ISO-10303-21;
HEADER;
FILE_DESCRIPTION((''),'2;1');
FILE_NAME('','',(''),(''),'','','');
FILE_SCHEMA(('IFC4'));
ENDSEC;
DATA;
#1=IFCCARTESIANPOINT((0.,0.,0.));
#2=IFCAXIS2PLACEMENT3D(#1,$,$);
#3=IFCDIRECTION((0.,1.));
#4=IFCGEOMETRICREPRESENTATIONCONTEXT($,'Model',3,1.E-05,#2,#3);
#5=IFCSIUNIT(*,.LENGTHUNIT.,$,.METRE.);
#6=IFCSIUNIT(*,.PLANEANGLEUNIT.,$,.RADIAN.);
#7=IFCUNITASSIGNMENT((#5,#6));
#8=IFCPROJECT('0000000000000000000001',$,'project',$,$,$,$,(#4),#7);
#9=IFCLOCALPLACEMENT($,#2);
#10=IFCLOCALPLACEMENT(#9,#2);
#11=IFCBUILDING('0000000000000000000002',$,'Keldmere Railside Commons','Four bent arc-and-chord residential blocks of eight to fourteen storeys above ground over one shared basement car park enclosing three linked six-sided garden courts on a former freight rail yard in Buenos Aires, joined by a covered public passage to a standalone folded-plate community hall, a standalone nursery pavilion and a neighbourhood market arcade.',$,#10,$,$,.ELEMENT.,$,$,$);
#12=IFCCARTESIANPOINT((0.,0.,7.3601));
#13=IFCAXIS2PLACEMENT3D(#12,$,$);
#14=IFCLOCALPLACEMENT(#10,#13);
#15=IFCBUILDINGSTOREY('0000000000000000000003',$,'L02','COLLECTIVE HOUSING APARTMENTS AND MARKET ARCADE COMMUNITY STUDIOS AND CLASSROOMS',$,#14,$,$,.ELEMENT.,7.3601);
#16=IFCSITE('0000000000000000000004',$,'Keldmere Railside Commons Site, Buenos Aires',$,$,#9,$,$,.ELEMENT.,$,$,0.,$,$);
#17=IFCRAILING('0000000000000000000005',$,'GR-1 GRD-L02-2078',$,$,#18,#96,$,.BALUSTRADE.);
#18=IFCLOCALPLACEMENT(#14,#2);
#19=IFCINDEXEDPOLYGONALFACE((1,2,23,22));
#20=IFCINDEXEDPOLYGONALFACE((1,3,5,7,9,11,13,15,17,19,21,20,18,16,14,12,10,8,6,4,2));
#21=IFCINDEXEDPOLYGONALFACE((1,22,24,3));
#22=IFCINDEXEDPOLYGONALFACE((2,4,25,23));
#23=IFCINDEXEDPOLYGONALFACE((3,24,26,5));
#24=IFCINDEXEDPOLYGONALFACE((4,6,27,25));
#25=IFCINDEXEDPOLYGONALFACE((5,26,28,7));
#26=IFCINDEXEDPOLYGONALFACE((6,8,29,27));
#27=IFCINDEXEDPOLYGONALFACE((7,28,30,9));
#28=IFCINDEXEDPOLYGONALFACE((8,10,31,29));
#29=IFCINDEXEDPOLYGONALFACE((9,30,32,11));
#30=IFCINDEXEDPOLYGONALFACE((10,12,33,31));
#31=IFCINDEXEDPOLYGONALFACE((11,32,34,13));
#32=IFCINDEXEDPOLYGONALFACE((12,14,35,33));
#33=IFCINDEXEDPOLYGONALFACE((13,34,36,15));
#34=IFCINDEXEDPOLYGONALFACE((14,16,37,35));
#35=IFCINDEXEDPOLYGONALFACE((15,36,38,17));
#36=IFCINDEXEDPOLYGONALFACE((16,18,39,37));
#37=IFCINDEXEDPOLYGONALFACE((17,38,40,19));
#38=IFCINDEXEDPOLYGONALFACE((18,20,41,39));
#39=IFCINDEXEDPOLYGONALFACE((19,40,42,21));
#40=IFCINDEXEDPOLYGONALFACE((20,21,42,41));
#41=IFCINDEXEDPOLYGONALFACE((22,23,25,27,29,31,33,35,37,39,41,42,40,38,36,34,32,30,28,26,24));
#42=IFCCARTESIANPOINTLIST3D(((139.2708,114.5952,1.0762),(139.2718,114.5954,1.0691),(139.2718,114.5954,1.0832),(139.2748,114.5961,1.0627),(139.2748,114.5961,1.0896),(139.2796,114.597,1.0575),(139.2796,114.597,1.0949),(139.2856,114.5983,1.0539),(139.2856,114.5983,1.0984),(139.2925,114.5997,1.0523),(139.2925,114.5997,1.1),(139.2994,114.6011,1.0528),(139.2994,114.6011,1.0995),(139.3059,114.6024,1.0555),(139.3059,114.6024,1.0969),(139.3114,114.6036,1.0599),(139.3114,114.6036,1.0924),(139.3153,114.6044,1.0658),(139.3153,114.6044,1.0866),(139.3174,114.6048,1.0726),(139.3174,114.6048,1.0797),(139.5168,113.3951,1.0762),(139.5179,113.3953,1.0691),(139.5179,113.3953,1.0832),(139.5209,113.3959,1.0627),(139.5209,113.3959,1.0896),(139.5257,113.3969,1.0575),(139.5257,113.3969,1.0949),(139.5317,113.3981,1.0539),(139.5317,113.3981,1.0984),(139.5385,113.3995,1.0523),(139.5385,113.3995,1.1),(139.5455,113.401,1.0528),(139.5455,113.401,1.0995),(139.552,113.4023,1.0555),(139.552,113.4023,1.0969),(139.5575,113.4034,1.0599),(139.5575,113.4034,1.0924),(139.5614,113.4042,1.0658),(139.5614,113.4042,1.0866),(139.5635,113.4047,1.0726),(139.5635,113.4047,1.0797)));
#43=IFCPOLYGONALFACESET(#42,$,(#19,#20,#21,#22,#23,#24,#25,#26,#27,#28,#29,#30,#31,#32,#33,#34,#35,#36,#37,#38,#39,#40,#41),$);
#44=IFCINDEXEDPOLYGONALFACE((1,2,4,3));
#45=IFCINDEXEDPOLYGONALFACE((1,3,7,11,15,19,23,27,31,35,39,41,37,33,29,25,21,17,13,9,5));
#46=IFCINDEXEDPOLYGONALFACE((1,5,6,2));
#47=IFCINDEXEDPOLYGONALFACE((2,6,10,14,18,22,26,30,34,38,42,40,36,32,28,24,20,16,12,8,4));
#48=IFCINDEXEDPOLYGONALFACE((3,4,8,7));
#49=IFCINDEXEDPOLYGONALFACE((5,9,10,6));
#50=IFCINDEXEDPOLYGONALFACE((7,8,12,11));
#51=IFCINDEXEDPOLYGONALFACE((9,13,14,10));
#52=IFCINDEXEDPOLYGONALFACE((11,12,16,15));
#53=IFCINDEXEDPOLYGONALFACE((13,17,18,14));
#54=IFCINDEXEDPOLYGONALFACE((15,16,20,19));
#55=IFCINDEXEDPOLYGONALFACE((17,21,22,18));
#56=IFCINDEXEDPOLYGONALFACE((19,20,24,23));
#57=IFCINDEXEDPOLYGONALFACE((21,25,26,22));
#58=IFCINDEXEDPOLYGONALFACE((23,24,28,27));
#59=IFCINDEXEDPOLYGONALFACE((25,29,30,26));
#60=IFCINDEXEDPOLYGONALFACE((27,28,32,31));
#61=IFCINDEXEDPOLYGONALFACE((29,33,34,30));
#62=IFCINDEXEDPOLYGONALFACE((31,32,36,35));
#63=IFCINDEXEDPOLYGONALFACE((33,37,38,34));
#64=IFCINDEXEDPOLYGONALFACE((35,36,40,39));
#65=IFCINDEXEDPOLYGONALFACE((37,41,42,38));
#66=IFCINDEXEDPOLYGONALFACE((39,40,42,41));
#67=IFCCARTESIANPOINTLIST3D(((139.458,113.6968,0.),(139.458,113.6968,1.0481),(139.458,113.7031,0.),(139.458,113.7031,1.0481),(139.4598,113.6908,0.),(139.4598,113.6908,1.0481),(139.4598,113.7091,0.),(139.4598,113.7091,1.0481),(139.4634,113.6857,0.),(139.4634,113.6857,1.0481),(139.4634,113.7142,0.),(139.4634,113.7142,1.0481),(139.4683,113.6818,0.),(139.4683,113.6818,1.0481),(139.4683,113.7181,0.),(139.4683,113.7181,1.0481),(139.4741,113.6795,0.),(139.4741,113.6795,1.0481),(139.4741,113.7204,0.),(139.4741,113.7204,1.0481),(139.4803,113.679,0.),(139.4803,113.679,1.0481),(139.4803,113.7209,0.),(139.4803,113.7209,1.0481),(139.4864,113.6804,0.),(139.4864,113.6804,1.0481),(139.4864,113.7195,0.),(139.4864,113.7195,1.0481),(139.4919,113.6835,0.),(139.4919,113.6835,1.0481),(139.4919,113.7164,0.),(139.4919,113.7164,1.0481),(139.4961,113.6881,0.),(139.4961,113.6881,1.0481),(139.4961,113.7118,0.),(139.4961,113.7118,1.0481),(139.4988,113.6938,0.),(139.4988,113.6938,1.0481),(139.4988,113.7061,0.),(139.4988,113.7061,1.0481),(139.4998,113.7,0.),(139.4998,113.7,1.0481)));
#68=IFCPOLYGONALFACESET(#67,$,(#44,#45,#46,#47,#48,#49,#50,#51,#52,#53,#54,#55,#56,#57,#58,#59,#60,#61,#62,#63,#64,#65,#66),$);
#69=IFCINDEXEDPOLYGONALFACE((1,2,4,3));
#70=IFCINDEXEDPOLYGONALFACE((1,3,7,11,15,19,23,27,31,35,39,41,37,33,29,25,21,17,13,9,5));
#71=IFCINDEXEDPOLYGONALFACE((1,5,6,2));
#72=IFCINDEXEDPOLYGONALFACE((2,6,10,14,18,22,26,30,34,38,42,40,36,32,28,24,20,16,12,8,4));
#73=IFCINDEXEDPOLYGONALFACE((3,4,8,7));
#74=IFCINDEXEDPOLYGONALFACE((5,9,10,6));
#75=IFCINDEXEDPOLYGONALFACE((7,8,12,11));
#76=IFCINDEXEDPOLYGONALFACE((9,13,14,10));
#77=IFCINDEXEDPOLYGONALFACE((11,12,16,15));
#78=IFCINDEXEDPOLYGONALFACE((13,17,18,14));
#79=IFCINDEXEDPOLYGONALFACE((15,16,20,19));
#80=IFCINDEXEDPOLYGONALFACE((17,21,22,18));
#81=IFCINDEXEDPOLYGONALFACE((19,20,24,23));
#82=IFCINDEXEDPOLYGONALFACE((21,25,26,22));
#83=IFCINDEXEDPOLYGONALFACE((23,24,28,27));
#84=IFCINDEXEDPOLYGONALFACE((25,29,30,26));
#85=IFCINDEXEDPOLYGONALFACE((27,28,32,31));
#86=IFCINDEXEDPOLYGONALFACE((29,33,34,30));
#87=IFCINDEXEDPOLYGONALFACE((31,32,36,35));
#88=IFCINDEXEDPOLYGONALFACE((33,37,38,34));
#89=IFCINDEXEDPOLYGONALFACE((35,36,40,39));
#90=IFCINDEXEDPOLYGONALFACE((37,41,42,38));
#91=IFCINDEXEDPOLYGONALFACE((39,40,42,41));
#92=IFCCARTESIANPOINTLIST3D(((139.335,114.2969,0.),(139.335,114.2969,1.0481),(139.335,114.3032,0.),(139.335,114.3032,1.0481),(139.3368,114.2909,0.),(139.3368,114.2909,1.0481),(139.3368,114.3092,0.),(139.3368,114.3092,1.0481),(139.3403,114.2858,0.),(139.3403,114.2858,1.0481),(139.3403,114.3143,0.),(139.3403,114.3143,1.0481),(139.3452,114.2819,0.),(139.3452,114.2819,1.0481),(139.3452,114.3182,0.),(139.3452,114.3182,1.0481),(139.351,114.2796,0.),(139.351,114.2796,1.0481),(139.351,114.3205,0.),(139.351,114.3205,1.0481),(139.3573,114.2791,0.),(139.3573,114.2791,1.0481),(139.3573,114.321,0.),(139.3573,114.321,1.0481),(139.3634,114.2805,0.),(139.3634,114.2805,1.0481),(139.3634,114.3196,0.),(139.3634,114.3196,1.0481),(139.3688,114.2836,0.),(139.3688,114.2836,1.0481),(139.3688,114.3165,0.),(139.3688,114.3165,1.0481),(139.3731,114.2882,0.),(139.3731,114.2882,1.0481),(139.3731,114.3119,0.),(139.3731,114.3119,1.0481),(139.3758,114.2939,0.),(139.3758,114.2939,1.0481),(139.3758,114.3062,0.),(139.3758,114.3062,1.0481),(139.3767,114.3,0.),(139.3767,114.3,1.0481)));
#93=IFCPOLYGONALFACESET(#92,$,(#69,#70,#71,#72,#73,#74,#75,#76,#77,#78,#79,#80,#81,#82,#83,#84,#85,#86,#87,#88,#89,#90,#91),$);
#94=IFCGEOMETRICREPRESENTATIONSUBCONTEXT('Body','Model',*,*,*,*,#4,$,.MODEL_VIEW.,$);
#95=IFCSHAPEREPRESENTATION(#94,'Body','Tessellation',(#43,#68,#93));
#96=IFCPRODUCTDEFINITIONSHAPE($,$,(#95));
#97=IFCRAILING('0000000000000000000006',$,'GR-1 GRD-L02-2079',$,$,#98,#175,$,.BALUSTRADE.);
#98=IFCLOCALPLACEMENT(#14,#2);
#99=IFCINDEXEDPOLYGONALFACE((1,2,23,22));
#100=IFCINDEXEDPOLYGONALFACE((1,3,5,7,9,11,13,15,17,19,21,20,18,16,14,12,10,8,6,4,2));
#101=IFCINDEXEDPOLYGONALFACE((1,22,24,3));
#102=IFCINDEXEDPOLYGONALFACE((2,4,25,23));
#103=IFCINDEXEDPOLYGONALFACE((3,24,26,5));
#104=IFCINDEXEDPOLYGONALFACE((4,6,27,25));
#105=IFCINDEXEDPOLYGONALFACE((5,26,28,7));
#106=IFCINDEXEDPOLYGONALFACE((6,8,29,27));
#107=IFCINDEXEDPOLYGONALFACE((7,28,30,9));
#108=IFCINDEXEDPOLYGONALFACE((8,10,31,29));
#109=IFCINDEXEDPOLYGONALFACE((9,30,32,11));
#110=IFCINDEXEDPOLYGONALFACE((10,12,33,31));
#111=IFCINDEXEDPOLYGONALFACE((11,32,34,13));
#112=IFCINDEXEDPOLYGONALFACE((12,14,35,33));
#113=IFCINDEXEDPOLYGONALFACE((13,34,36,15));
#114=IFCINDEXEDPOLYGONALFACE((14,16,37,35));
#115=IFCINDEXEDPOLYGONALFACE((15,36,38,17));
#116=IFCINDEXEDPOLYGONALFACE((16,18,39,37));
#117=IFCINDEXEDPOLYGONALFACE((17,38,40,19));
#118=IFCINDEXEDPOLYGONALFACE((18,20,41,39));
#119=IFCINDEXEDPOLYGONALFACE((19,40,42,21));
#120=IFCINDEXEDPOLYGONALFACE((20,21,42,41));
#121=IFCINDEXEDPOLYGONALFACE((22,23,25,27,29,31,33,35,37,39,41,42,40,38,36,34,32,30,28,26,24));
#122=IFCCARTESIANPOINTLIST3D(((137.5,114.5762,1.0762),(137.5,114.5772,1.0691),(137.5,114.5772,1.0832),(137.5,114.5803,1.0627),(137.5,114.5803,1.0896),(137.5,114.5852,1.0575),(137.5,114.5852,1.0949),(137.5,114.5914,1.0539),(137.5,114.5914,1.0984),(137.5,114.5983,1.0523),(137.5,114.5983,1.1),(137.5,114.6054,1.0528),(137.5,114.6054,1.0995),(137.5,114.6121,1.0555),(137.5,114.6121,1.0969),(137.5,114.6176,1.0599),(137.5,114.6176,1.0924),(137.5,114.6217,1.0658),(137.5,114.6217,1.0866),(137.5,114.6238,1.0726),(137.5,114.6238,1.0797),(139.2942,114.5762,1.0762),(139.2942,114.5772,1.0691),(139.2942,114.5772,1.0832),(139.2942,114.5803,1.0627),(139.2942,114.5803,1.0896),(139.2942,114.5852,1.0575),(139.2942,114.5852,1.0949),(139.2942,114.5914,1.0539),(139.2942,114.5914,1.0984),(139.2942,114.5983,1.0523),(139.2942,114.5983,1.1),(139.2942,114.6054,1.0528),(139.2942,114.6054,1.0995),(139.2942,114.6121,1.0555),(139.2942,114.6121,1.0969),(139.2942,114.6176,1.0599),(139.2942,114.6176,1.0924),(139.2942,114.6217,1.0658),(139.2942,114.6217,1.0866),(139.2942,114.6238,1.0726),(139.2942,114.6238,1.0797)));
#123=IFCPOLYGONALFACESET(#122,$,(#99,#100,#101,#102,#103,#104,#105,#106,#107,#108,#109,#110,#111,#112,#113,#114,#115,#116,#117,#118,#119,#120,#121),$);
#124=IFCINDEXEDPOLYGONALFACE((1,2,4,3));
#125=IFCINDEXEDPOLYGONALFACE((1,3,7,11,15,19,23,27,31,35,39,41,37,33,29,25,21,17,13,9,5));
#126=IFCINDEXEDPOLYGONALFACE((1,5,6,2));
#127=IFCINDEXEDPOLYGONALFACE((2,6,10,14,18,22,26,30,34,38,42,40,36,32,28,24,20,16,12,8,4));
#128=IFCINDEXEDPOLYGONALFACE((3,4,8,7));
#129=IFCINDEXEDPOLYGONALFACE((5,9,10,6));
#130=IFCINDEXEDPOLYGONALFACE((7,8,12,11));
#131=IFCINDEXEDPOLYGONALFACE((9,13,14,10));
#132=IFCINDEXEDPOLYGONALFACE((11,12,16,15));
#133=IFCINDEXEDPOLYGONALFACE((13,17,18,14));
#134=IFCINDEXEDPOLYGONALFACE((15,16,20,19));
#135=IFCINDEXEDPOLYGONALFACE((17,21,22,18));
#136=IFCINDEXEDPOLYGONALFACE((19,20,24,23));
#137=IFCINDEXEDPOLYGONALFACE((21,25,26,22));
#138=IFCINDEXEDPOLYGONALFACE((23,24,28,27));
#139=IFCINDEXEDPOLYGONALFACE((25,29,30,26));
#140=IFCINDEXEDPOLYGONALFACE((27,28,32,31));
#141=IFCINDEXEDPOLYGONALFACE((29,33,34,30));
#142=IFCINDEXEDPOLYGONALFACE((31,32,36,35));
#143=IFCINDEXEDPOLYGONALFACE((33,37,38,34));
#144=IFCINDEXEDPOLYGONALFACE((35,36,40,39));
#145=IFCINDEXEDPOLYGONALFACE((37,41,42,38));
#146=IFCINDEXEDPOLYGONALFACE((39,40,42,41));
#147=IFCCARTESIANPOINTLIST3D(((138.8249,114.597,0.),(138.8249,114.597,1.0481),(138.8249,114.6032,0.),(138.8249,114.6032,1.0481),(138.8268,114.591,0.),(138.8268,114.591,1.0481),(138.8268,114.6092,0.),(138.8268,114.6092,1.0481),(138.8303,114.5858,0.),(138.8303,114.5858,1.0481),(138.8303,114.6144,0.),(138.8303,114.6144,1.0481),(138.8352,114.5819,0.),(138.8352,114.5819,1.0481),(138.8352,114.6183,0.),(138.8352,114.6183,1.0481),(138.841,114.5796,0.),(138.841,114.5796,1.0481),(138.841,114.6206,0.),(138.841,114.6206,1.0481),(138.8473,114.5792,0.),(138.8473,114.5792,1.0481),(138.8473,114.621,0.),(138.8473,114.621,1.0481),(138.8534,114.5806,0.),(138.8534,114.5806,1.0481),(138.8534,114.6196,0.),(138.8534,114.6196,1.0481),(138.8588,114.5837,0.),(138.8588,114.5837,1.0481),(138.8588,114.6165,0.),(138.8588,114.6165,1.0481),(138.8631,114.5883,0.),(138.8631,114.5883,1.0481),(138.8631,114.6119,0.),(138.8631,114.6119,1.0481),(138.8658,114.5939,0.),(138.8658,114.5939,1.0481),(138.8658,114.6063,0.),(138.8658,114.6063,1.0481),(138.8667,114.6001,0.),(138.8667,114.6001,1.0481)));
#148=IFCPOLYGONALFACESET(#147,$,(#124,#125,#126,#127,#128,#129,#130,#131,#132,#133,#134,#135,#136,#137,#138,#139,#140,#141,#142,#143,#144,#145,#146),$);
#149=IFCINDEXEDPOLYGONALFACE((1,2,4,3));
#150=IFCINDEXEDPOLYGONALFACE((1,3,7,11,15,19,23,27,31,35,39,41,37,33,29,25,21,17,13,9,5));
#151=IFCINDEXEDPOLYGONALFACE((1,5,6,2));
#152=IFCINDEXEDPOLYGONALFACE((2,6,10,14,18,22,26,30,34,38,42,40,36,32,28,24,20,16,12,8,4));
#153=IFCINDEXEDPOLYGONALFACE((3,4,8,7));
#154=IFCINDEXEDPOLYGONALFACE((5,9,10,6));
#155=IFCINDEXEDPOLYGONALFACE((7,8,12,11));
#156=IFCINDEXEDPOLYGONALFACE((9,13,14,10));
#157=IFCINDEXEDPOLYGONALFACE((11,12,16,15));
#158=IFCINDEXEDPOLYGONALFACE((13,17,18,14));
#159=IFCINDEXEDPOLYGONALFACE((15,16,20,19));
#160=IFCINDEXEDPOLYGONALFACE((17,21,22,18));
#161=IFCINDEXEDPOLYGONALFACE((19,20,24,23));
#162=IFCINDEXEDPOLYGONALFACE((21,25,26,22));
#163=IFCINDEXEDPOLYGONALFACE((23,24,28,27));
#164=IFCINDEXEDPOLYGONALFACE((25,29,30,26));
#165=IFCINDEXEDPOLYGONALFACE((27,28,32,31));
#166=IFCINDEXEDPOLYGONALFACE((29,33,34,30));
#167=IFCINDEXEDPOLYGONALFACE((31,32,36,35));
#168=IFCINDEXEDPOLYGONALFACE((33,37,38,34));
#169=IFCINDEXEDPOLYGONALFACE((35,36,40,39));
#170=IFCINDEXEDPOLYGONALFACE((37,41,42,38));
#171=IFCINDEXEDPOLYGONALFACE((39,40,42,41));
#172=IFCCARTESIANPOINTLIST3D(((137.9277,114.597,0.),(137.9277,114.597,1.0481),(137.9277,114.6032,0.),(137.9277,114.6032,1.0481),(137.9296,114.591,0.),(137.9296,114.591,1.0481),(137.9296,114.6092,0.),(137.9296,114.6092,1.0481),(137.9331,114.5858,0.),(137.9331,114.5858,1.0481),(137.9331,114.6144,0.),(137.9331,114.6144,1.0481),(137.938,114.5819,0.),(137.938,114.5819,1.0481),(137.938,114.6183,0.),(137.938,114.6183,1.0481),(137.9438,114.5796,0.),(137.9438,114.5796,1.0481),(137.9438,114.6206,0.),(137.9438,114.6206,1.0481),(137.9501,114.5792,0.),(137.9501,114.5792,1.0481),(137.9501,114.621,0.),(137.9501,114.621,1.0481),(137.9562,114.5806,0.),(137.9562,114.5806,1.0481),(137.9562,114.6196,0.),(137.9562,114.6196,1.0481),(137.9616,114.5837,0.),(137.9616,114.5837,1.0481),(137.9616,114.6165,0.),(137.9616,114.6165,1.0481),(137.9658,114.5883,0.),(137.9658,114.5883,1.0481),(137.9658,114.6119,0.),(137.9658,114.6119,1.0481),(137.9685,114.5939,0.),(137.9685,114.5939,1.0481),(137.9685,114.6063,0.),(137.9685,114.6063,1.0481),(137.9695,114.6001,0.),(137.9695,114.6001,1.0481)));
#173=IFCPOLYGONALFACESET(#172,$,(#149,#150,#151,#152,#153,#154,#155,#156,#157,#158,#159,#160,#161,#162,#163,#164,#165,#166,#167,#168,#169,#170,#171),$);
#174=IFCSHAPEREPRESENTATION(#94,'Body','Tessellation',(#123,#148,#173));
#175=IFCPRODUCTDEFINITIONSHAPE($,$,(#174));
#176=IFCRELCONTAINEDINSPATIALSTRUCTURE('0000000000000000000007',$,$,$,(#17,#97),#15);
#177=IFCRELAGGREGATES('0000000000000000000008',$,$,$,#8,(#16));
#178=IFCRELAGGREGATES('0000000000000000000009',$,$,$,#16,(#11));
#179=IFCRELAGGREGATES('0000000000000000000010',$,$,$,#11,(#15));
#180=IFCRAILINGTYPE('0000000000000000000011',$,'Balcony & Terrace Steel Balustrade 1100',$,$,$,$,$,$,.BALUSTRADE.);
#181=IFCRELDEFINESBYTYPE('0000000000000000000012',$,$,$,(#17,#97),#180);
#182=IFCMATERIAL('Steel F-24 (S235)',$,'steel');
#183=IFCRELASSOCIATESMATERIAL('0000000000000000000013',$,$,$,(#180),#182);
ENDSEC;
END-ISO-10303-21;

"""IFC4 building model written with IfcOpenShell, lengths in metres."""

from ifc_helpers import new_model, si_unit, direction, frame, origin, origin_2d, place, context, subcontext, project, spatial, circle, extrude, material, type_object, element, save


model = new_model("IFC4")

# Units and contexts
model_context = context("Model", 3, precision=1e-05, world=origin(), true_north=direction((0.0, 1.0)))
body_context = subcontext(model_context, "Body", "Model", "MODEL_VIEW")
ifc_project = project(units=[si_unit("LENGTHUNIT", "METRE"), si_unit("PLANEANGLEUNIT", "RADIAN")], contexts=[model_context])

# Site, building, storey
site_placement = place(None, origin())
site = spatial("IfcSite", under=ifc_project, at=site_placement, Name="Keldmere Railside Commons Site, Buenos Aires", CompositionType="ELEMENT", RefElevation=0.0)
building_placement = place(site_placement, origin())
building = spatial("IfcBuilding", under=site, at=building_placement, Name="Keldmere Railside Commons", Description="Four bent arc-and-chord residential blocks of eight to fourteen storeys above ground over one shared basement car park enclosing three linked six-sided garden courts on a former freight rail yard in Buenos Aires, joined by a covered public passage to a standalone folded-plate community hall, a standalone nursery pavilion and a neighbourhood market arcade.", CompositionType="ELEMENT")
storey_placement = place(building_placement, frame((0.0, 0.0, 7.3601)))
storey = spatial("IfcBuildingStorey", under=building, at=storey_placement, Name="L02", Description="COLLECTIVE HOUSING APARTMENTS AND MARKET ARCADE COMMUNITY STUDIOS AND CLASSROOMS", CompositionType="ELEMENT", Elevation=7.3601)

# Railings
ifc_material_1 = material(Name="Steel F-24 (S235)", Category="steel")
railing_type = type_object("IfcRailingType", Name="Balcony & Terrace Steel Balustrade 1100", PredefinedType="BALUSTRADE", material=ifc_material_1)
railing_1_placement = place(storey_placement, frame((139.5403, 113.3999, 0.0)))
element("IfcRailing", 1, at=railing_1_placement, inside=storey, type_object=railing_type, Name="GR-1 GRD-L02-2078", PredefinedType="BALUSTRADE", context=body_context, shape_type="SweptSolid", body=[
    extrude(circle(Radius=0.0239, at=origin_2d()), frame((0.0, 0.0, 1.0762), z_axis=(-0.200866, 0.979619, 0.0), x_axis=(-0.979619, -0.200866, 0.0)), (0.0, 0.0, 1.0), 1.2251),
    extrude(circle(Radius=0.021, at=origin_2d()), frame((-0.0615, 0.3, 0.0)), (0.0, 0.0, 1.0), 1.0481),
    extrude(circle(Radius=0.021, at=origin_2d()), frame((-0.1846, 0.9001, 0.0)), (0.0, 0.0, 1.0), 1.0481),
])
railing_2_placement = place(storey_placement, frame((139.2942, 114.6001, 0.0)))
element("IfcRailing", 2, at=railing_2_placement, inside=storey, type_object=railing_type, Name="GR-1 GRD-L02-2079", PredefinedType="BALUSTRADE", context=body_context, shape_type="SweptSolid", body=[
    extrude(circle(Radius=0.0239, at=origin_2d()), frame((0.0, 0.0, 1.0762), z_axis=(-1.0, 0.0, 0.0), x_axis=(0.0, -1.0, 0.0)), (0.0, 0.0, 1.0), 1.7942),
    extrude(circle(Radius=0.021, at=origin_2d()), frame((-0.4485, 0.0, 0.0)), (0.0, 0.0, 1.0), 1.0481),
    extrude(circle(Radius=0.021, at=origin_2d()), frame((-1.3457, 0.0, 0.0)), (0.0, 0.0, 1.0), 1.0481),
])

save(model, "model.ifc")
